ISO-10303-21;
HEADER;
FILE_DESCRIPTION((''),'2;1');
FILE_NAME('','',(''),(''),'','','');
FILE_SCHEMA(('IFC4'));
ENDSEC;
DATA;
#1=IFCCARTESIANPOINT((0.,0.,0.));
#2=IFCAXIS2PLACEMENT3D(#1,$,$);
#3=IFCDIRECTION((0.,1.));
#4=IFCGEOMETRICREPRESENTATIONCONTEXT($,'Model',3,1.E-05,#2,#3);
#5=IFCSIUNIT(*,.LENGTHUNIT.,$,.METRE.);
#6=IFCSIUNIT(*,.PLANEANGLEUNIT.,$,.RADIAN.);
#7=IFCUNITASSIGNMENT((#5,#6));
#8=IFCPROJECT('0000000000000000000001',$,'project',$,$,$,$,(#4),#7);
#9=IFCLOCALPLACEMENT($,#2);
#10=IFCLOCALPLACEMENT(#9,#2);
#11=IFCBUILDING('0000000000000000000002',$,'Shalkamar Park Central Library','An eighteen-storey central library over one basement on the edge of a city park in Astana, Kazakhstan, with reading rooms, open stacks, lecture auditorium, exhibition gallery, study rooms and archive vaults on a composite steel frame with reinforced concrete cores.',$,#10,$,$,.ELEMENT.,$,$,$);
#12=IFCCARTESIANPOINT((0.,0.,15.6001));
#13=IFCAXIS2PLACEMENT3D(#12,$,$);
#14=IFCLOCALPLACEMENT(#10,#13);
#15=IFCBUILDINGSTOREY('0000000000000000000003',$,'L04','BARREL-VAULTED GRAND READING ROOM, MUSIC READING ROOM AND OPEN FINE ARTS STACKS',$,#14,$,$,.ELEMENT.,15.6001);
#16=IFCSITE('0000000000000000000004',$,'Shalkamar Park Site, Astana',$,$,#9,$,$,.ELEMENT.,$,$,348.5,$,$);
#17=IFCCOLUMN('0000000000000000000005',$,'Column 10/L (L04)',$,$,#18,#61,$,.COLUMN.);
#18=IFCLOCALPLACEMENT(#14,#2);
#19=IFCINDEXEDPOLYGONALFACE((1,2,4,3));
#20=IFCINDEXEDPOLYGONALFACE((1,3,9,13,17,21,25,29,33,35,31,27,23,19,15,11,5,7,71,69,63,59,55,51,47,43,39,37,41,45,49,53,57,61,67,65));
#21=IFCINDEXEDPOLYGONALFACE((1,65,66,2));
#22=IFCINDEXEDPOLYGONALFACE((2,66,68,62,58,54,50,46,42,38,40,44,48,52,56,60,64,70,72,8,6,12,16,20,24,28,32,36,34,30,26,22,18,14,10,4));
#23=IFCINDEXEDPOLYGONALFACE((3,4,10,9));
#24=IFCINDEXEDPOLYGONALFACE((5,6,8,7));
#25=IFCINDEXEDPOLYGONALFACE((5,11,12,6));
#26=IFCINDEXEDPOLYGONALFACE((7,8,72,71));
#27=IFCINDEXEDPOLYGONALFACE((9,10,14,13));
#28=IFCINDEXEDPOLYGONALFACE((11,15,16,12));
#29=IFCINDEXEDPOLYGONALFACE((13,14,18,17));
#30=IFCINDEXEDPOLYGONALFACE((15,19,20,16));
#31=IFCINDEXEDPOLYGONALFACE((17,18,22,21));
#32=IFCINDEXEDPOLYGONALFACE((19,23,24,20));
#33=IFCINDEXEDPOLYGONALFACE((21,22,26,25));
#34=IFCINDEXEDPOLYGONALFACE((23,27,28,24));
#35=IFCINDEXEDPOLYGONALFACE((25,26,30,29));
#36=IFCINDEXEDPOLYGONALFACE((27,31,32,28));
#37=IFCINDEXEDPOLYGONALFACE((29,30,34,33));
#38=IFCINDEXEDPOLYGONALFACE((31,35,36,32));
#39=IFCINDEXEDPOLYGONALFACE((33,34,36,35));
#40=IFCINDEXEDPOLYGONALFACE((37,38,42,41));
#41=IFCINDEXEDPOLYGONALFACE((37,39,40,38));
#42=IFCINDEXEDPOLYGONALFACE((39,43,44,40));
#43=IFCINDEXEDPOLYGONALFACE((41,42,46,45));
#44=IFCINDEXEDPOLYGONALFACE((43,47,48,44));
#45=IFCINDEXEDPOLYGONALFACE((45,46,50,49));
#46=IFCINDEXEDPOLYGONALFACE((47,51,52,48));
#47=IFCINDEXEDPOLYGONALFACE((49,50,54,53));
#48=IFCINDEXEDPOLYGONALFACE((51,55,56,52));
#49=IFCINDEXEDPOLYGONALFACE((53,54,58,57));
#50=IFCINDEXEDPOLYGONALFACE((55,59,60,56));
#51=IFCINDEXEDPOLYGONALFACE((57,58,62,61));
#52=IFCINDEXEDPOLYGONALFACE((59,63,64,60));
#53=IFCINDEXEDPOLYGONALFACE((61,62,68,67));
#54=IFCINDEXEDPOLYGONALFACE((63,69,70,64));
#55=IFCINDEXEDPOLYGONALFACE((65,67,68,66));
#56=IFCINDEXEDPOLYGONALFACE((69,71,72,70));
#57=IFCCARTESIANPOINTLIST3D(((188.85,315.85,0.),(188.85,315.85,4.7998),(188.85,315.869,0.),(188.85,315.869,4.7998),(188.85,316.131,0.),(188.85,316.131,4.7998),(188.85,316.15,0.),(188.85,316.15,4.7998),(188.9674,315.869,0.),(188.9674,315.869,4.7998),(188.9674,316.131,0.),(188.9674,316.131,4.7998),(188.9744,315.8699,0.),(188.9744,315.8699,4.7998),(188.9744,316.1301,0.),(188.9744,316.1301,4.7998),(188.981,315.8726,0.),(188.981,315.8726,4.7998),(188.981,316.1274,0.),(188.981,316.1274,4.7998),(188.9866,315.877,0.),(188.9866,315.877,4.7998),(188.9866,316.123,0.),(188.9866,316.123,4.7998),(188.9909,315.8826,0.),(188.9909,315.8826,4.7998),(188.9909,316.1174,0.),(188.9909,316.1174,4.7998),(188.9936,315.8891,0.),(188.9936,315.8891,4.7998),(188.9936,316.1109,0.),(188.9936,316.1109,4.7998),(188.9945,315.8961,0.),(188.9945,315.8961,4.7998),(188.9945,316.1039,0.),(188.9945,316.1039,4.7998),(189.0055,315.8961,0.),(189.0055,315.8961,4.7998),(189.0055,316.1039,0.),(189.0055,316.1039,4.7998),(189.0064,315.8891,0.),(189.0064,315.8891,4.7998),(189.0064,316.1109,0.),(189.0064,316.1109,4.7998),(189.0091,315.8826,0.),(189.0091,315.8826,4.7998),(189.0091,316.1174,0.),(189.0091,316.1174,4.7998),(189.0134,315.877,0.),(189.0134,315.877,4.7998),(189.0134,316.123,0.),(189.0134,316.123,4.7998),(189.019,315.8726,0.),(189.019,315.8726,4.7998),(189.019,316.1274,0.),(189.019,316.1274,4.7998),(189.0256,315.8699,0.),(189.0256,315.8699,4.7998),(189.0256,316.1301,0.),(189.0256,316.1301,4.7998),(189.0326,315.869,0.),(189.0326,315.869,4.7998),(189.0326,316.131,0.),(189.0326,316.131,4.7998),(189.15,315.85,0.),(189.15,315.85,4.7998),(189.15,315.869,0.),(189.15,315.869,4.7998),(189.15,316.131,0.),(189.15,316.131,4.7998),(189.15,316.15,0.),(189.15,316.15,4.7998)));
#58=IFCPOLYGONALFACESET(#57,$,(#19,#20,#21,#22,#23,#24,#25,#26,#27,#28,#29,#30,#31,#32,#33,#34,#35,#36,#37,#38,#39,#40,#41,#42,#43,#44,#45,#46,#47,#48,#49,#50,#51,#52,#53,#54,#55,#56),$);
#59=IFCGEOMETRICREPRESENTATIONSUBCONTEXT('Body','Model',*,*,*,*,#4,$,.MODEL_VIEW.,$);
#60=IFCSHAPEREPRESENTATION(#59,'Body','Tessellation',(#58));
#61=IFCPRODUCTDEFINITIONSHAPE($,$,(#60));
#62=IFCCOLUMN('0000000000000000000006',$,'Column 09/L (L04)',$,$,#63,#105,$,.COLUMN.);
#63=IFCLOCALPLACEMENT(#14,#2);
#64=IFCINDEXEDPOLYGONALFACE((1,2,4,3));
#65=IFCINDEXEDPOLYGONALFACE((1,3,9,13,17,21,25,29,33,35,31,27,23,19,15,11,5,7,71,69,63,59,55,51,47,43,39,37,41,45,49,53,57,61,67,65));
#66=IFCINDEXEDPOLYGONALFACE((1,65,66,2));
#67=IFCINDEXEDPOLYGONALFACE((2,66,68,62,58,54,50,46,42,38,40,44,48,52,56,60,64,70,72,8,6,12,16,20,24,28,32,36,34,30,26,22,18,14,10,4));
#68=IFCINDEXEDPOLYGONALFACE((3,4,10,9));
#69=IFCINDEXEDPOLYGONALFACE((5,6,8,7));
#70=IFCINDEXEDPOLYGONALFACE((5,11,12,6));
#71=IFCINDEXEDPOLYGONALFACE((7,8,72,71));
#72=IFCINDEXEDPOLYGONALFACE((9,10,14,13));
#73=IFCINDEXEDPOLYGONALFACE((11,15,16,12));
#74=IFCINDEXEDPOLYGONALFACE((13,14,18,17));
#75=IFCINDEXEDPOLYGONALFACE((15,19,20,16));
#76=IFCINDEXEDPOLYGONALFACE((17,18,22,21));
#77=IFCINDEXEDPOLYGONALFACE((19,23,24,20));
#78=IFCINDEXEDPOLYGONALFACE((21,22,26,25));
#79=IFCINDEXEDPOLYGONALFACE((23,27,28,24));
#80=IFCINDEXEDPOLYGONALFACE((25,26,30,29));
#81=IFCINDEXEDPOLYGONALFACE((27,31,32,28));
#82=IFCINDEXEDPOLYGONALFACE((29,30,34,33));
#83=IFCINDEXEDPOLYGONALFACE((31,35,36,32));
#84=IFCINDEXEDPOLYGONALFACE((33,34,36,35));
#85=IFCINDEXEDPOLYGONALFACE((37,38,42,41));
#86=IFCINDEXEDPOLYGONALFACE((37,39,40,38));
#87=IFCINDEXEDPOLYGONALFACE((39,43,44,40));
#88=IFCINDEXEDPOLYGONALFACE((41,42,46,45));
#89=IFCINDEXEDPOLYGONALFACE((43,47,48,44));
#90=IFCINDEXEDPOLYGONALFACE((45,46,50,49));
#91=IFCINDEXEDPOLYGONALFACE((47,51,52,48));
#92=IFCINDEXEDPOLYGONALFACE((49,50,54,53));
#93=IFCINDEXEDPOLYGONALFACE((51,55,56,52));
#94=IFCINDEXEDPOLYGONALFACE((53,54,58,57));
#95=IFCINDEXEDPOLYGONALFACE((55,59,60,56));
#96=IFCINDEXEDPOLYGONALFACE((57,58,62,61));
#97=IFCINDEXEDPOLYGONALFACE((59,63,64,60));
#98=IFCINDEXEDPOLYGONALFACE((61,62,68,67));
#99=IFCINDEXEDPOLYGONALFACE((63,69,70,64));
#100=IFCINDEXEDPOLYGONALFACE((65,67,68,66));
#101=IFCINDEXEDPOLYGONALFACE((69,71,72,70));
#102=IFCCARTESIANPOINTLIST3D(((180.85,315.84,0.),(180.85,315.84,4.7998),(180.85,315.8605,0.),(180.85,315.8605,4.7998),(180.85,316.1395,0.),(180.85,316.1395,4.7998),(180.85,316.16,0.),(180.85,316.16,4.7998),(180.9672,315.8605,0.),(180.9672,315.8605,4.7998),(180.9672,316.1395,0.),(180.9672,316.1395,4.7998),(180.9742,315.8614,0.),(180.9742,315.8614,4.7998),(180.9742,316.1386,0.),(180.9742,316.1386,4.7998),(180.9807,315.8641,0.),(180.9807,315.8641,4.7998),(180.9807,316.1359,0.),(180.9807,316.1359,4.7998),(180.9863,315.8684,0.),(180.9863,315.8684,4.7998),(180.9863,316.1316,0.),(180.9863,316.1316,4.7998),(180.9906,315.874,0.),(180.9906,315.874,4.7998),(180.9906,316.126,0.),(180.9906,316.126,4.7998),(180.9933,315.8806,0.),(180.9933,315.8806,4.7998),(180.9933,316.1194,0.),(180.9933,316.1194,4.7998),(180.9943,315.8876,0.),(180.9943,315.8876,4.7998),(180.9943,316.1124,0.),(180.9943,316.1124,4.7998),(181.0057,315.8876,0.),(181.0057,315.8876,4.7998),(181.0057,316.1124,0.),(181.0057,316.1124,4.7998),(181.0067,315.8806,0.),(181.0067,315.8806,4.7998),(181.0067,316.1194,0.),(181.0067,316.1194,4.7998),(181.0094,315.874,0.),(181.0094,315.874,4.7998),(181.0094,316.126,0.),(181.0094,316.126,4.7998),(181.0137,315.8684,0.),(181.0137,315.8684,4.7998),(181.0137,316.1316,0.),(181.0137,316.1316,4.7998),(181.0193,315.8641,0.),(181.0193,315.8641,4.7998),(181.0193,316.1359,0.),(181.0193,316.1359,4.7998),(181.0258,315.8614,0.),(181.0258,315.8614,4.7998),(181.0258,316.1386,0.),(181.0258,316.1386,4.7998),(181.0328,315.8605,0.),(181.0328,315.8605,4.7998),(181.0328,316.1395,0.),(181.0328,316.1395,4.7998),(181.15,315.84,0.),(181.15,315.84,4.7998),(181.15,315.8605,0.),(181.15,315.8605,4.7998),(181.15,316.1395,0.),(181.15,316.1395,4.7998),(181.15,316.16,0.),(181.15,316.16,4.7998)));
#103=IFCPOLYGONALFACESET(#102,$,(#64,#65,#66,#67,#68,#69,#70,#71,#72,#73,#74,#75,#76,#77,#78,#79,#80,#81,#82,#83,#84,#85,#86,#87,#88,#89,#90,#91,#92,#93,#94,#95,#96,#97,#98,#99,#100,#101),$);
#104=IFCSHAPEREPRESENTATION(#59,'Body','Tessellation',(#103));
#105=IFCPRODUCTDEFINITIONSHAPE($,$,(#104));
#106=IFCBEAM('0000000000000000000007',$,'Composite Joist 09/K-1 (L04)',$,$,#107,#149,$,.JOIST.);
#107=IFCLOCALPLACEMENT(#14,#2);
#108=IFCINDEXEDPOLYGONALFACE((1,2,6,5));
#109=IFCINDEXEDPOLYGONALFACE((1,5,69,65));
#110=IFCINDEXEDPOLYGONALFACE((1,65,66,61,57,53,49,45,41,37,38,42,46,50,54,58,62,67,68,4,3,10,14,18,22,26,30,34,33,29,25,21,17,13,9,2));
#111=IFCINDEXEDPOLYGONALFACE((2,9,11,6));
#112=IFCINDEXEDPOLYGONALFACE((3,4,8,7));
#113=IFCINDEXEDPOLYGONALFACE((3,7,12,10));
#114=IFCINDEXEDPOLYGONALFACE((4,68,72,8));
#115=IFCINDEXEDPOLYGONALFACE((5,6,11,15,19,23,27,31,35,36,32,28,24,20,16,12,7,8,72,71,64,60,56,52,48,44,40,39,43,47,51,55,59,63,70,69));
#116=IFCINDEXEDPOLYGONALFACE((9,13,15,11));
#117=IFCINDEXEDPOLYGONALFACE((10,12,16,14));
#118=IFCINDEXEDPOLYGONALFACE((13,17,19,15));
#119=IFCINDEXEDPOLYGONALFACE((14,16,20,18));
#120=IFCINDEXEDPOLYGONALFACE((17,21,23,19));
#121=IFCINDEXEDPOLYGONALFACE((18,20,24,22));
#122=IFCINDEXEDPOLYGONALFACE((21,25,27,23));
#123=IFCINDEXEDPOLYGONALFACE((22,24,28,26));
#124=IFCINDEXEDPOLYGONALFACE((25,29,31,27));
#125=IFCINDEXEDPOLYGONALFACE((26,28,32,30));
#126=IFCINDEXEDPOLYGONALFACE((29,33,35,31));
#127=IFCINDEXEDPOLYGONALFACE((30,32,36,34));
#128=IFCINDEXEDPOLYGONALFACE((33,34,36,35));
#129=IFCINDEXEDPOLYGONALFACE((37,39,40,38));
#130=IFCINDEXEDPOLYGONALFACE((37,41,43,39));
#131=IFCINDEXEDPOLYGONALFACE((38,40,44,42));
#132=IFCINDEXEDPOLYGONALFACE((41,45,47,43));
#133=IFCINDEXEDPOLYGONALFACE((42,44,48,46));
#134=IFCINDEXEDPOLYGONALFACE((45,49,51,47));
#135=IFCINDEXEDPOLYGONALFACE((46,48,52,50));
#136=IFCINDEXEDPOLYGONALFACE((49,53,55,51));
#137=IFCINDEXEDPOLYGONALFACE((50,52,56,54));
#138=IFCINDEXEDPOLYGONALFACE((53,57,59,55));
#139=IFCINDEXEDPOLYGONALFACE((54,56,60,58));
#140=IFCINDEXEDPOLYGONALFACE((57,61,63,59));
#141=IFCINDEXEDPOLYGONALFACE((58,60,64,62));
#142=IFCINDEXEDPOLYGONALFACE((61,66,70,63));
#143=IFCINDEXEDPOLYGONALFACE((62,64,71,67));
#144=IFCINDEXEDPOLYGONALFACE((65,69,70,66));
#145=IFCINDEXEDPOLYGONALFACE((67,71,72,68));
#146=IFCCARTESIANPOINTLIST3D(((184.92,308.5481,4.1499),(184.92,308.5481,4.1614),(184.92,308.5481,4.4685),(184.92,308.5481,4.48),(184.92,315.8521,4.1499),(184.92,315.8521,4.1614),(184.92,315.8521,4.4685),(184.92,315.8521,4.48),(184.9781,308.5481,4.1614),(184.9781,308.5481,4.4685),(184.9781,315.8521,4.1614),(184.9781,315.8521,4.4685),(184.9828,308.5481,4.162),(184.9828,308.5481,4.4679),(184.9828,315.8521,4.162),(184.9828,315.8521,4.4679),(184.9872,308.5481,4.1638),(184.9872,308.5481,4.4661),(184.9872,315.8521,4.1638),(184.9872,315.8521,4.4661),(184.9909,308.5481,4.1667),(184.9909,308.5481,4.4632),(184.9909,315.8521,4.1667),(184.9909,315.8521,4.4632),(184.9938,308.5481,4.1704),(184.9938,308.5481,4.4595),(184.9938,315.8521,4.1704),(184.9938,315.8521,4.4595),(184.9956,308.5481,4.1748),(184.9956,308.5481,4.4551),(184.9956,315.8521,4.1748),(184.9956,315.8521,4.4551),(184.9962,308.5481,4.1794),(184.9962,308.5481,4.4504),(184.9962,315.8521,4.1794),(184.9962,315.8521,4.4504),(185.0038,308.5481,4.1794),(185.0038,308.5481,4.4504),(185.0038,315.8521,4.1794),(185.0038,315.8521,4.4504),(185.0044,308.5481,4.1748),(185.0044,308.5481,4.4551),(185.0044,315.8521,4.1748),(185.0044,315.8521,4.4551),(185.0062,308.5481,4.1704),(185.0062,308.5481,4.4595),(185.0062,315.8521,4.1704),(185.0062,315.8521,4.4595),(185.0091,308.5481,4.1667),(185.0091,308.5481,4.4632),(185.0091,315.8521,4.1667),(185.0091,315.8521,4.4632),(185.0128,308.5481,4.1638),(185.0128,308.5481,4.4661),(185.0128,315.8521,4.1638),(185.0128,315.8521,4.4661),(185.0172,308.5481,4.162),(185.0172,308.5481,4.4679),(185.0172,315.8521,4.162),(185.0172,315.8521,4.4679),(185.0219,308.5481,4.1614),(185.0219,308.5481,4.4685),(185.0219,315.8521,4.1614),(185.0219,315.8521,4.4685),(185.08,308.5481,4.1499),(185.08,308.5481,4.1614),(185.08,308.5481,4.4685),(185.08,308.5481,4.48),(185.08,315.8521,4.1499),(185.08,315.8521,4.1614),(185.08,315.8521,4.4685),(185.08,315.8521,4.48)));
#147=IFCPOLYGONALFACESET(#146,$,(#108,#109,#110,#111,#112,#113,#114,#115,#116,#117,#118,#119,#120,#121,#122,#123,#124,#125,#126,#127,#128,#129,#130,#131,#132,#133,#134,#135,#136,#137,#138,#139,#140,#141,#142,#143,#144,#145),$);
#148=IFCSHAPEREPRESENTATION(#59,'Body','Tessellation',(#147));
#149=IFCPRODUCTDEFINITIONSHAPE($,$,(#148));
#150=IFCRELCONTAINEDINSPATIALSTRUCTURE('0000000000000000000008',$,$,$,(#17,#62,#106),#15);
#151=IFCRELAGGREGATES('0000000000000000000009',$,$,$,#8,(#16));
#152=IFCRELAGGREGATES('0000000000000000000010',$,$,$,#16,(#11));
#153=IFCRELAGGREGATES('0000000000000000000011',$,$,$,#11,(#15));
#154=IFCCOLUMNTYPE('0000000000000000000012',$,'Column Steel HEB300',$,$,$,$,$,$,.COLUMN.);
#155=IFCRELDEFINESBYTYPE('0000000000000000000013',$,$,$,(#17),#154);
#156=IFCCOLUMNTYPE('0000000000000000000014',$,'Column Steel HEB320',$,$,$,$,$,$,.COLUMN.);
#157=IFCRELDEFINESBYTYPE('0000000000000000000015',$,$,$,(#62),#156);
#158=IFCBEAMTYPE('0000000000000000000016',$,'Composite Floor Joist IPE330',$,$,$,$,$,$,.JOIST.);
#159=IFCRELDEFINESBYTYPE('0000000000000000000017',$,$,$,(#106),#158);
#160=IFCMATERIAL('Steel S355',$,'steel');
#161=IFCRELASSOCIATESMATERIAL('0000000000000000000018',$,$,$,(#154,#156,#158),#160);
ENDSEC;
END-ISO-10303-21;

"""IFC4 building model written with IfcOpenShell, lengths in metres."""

from ifc_helpers import new_model, si_unit, direction, frame, origin, origin_2d, place, context, subcontext, project, spatial, i_section, extrude, material, material_profile, profile_set, type_object, element, save


model = new_model("IFC4")

# Units and contexts
model_context = context("Model", 3, precision=1e-05, world=origin(), true_north=direction((0.0, 1.0)))
body_context = subcontext(model_context, "Body", "Model", "MODEL_VIEW")
ifc_project = project(units=[si_unit("LENGTHUNIT", "METRE"), si_unit("PLANEANGLEUNIT", "RADIAN")], contexts=[model_context])

# Site, building, storey
site_placement = place(None, origin())
site = spatial("IfcSite", under=ifc_project, at=site_placement, Name="Shalkamar Park Site, Astana", CompositionType="ELEMENT", RefElevation=348.5)
building_placement = place(site_placement, origin())
building = spatial("IfcBuilding", under=site, at=building_placement, Name="Shalkamar Park Central Library", Description="An eighteen-storey central library over one basement on the edge of a city park in Astana, Kazakhstan, with reading rooms, open stacks, lecture auditorium, exhibition gallery, study rooms and archive vaults on a composite steel frame with reinforced concrete cores.", CompositionType="ELEMENT")
storey_placement = place(building_placement, frame((0.0, 0.0, 15.6001)))
storey = spatial("IfcBuildingStorey", under=building, at=storey_placement, Name="L04", Description="BARREL-VAULTED GRAND READING ROOM, MUSIC READING ROOM AND OPEN FINE ARTS STACKS", CompositionType="ELEMENT", Elevation=15.6001)

# Columns
ifc_material_1 = material(Name="Steel S355", Category="steel")
ifc_material_profile_1 = material_profile(ifc_material_1, i_section(OverallWidth=0.3, OverallDepth=0.3, WebThickness=0.011, FlangeThickness=0.019, FilletRadius=0.0271, at=origin_2d()), Name="HEB 300")
ifc_profile_set_1 = profile_set([ifc_material_profile_1], Name="Steel S355")
column_type_1 = type_object("IfcColumnType", Name="Column Steel HEB300", PredefinedType="COLUMN", material=ifc_profile_set_1)
column_1_placement = place(storey_placement, frame((189.0, 316.0, 0.0), z_axis=(0.0, 0.0, 1.0), x_axis=(1.0, 0.0, 0.0)))
element("IfcColumn", 1, at=column_1_placement, inside=storey, type_object=column_type_1, Name="Column 10/L (L04)", PredefinedType="COLUMN", context=body_context, shape_type="SweptSolid", body=[
    extrude(i_section(OverallWidth=0.3, OverallDepth=0.3, WebThickness=0.011, FlangeThickness=0.019, FilletRadius=0.0271, at=origin_2d()), origin(), (0.0, 0.0, 1.0), 4.7998),
])
ifc_material_profile_2 = material_profile(ifc_material_1, i_section(OverallWidth=0.3, OverallDepth=0.3201, WebThickness=0.0115, FlangeThickness=0.0205, FilletRadius=0.0271, at=origin_2d()), Name="HEB 320")
ifc_profile_set_2 = profile_set([ifc_material_profile_2], Name="Steel S355")
column_type_2 = type_object("IfcColumnType", Name="Column Steel HEB320", PredefinedType="COLUMN", material=ifc_profile_set_2)
column_2_placement = place(storey_placement, frame((181.0, 316.0, 0.0), z_axis=(0.0, 0.0, 1.0), x_axis=(1.0, 0.0, 0.0)))
element("IfcColumn", 2, at=column_2_placement, inside=storey, type_object=column_type_2, Name="Column 09/L (L04)", PredefinedType="COLUMN", context=body_context, shape_type="SweptSolid", body=[
    extrude(i_section(OverallWidth=0.3, OverallDepth=0.3201, WebThickness=0.0115, FlangeThickness=0.0205, FilletRadius=0.0271, at=origin_2d()), origin(), (0.0, 0.0, 1.0), 4.7998),
])

# Beam
ifc_material_profile_3 = material_profile(ifc_material_1, i_section(OverallWidth=0.1599, OverallDepth=0.3301, WebThickness=0.0076, FlangeThickness=0.0115, FilletRadius=0.0181, at=origin_2d()), Name="IPE 330")
ifc_profile_set_3 = profile_set([ifc_material_profile_3], Name="Steel S355")
beam_type_1 = type_object("IfcBeamType", Name="Composite Floor Joist IPE330", PredefinedType="JOIST", material=ifc_profile_set_3)
beam_placement = place(storey_placement, frame((185.0, 308.5481, 4.3149), z_axis=(0.0, 1.0, 0.0), x_axis=(-1.0, 0.0, 0.0)))
element("IfcBeam", 3, at=beam_placement, inside=storey, type_object=beam_type_1, Name="Composite Joist 09/K-1 (L04)", PredefinedType="JOIST", context=body_context, shape_type="SweptSolid", body=[
    extrude(i_section(OverallWidth=0.1599, OverallDepth=0.3301, WebThickness=0.0076, FlangeThickness=0.0115, FilletRadius=0.0181, at=origin_2d()), origin(), (0.0, 0.0, 1.0), 7.304),
])

save(model, "model.ifc")
